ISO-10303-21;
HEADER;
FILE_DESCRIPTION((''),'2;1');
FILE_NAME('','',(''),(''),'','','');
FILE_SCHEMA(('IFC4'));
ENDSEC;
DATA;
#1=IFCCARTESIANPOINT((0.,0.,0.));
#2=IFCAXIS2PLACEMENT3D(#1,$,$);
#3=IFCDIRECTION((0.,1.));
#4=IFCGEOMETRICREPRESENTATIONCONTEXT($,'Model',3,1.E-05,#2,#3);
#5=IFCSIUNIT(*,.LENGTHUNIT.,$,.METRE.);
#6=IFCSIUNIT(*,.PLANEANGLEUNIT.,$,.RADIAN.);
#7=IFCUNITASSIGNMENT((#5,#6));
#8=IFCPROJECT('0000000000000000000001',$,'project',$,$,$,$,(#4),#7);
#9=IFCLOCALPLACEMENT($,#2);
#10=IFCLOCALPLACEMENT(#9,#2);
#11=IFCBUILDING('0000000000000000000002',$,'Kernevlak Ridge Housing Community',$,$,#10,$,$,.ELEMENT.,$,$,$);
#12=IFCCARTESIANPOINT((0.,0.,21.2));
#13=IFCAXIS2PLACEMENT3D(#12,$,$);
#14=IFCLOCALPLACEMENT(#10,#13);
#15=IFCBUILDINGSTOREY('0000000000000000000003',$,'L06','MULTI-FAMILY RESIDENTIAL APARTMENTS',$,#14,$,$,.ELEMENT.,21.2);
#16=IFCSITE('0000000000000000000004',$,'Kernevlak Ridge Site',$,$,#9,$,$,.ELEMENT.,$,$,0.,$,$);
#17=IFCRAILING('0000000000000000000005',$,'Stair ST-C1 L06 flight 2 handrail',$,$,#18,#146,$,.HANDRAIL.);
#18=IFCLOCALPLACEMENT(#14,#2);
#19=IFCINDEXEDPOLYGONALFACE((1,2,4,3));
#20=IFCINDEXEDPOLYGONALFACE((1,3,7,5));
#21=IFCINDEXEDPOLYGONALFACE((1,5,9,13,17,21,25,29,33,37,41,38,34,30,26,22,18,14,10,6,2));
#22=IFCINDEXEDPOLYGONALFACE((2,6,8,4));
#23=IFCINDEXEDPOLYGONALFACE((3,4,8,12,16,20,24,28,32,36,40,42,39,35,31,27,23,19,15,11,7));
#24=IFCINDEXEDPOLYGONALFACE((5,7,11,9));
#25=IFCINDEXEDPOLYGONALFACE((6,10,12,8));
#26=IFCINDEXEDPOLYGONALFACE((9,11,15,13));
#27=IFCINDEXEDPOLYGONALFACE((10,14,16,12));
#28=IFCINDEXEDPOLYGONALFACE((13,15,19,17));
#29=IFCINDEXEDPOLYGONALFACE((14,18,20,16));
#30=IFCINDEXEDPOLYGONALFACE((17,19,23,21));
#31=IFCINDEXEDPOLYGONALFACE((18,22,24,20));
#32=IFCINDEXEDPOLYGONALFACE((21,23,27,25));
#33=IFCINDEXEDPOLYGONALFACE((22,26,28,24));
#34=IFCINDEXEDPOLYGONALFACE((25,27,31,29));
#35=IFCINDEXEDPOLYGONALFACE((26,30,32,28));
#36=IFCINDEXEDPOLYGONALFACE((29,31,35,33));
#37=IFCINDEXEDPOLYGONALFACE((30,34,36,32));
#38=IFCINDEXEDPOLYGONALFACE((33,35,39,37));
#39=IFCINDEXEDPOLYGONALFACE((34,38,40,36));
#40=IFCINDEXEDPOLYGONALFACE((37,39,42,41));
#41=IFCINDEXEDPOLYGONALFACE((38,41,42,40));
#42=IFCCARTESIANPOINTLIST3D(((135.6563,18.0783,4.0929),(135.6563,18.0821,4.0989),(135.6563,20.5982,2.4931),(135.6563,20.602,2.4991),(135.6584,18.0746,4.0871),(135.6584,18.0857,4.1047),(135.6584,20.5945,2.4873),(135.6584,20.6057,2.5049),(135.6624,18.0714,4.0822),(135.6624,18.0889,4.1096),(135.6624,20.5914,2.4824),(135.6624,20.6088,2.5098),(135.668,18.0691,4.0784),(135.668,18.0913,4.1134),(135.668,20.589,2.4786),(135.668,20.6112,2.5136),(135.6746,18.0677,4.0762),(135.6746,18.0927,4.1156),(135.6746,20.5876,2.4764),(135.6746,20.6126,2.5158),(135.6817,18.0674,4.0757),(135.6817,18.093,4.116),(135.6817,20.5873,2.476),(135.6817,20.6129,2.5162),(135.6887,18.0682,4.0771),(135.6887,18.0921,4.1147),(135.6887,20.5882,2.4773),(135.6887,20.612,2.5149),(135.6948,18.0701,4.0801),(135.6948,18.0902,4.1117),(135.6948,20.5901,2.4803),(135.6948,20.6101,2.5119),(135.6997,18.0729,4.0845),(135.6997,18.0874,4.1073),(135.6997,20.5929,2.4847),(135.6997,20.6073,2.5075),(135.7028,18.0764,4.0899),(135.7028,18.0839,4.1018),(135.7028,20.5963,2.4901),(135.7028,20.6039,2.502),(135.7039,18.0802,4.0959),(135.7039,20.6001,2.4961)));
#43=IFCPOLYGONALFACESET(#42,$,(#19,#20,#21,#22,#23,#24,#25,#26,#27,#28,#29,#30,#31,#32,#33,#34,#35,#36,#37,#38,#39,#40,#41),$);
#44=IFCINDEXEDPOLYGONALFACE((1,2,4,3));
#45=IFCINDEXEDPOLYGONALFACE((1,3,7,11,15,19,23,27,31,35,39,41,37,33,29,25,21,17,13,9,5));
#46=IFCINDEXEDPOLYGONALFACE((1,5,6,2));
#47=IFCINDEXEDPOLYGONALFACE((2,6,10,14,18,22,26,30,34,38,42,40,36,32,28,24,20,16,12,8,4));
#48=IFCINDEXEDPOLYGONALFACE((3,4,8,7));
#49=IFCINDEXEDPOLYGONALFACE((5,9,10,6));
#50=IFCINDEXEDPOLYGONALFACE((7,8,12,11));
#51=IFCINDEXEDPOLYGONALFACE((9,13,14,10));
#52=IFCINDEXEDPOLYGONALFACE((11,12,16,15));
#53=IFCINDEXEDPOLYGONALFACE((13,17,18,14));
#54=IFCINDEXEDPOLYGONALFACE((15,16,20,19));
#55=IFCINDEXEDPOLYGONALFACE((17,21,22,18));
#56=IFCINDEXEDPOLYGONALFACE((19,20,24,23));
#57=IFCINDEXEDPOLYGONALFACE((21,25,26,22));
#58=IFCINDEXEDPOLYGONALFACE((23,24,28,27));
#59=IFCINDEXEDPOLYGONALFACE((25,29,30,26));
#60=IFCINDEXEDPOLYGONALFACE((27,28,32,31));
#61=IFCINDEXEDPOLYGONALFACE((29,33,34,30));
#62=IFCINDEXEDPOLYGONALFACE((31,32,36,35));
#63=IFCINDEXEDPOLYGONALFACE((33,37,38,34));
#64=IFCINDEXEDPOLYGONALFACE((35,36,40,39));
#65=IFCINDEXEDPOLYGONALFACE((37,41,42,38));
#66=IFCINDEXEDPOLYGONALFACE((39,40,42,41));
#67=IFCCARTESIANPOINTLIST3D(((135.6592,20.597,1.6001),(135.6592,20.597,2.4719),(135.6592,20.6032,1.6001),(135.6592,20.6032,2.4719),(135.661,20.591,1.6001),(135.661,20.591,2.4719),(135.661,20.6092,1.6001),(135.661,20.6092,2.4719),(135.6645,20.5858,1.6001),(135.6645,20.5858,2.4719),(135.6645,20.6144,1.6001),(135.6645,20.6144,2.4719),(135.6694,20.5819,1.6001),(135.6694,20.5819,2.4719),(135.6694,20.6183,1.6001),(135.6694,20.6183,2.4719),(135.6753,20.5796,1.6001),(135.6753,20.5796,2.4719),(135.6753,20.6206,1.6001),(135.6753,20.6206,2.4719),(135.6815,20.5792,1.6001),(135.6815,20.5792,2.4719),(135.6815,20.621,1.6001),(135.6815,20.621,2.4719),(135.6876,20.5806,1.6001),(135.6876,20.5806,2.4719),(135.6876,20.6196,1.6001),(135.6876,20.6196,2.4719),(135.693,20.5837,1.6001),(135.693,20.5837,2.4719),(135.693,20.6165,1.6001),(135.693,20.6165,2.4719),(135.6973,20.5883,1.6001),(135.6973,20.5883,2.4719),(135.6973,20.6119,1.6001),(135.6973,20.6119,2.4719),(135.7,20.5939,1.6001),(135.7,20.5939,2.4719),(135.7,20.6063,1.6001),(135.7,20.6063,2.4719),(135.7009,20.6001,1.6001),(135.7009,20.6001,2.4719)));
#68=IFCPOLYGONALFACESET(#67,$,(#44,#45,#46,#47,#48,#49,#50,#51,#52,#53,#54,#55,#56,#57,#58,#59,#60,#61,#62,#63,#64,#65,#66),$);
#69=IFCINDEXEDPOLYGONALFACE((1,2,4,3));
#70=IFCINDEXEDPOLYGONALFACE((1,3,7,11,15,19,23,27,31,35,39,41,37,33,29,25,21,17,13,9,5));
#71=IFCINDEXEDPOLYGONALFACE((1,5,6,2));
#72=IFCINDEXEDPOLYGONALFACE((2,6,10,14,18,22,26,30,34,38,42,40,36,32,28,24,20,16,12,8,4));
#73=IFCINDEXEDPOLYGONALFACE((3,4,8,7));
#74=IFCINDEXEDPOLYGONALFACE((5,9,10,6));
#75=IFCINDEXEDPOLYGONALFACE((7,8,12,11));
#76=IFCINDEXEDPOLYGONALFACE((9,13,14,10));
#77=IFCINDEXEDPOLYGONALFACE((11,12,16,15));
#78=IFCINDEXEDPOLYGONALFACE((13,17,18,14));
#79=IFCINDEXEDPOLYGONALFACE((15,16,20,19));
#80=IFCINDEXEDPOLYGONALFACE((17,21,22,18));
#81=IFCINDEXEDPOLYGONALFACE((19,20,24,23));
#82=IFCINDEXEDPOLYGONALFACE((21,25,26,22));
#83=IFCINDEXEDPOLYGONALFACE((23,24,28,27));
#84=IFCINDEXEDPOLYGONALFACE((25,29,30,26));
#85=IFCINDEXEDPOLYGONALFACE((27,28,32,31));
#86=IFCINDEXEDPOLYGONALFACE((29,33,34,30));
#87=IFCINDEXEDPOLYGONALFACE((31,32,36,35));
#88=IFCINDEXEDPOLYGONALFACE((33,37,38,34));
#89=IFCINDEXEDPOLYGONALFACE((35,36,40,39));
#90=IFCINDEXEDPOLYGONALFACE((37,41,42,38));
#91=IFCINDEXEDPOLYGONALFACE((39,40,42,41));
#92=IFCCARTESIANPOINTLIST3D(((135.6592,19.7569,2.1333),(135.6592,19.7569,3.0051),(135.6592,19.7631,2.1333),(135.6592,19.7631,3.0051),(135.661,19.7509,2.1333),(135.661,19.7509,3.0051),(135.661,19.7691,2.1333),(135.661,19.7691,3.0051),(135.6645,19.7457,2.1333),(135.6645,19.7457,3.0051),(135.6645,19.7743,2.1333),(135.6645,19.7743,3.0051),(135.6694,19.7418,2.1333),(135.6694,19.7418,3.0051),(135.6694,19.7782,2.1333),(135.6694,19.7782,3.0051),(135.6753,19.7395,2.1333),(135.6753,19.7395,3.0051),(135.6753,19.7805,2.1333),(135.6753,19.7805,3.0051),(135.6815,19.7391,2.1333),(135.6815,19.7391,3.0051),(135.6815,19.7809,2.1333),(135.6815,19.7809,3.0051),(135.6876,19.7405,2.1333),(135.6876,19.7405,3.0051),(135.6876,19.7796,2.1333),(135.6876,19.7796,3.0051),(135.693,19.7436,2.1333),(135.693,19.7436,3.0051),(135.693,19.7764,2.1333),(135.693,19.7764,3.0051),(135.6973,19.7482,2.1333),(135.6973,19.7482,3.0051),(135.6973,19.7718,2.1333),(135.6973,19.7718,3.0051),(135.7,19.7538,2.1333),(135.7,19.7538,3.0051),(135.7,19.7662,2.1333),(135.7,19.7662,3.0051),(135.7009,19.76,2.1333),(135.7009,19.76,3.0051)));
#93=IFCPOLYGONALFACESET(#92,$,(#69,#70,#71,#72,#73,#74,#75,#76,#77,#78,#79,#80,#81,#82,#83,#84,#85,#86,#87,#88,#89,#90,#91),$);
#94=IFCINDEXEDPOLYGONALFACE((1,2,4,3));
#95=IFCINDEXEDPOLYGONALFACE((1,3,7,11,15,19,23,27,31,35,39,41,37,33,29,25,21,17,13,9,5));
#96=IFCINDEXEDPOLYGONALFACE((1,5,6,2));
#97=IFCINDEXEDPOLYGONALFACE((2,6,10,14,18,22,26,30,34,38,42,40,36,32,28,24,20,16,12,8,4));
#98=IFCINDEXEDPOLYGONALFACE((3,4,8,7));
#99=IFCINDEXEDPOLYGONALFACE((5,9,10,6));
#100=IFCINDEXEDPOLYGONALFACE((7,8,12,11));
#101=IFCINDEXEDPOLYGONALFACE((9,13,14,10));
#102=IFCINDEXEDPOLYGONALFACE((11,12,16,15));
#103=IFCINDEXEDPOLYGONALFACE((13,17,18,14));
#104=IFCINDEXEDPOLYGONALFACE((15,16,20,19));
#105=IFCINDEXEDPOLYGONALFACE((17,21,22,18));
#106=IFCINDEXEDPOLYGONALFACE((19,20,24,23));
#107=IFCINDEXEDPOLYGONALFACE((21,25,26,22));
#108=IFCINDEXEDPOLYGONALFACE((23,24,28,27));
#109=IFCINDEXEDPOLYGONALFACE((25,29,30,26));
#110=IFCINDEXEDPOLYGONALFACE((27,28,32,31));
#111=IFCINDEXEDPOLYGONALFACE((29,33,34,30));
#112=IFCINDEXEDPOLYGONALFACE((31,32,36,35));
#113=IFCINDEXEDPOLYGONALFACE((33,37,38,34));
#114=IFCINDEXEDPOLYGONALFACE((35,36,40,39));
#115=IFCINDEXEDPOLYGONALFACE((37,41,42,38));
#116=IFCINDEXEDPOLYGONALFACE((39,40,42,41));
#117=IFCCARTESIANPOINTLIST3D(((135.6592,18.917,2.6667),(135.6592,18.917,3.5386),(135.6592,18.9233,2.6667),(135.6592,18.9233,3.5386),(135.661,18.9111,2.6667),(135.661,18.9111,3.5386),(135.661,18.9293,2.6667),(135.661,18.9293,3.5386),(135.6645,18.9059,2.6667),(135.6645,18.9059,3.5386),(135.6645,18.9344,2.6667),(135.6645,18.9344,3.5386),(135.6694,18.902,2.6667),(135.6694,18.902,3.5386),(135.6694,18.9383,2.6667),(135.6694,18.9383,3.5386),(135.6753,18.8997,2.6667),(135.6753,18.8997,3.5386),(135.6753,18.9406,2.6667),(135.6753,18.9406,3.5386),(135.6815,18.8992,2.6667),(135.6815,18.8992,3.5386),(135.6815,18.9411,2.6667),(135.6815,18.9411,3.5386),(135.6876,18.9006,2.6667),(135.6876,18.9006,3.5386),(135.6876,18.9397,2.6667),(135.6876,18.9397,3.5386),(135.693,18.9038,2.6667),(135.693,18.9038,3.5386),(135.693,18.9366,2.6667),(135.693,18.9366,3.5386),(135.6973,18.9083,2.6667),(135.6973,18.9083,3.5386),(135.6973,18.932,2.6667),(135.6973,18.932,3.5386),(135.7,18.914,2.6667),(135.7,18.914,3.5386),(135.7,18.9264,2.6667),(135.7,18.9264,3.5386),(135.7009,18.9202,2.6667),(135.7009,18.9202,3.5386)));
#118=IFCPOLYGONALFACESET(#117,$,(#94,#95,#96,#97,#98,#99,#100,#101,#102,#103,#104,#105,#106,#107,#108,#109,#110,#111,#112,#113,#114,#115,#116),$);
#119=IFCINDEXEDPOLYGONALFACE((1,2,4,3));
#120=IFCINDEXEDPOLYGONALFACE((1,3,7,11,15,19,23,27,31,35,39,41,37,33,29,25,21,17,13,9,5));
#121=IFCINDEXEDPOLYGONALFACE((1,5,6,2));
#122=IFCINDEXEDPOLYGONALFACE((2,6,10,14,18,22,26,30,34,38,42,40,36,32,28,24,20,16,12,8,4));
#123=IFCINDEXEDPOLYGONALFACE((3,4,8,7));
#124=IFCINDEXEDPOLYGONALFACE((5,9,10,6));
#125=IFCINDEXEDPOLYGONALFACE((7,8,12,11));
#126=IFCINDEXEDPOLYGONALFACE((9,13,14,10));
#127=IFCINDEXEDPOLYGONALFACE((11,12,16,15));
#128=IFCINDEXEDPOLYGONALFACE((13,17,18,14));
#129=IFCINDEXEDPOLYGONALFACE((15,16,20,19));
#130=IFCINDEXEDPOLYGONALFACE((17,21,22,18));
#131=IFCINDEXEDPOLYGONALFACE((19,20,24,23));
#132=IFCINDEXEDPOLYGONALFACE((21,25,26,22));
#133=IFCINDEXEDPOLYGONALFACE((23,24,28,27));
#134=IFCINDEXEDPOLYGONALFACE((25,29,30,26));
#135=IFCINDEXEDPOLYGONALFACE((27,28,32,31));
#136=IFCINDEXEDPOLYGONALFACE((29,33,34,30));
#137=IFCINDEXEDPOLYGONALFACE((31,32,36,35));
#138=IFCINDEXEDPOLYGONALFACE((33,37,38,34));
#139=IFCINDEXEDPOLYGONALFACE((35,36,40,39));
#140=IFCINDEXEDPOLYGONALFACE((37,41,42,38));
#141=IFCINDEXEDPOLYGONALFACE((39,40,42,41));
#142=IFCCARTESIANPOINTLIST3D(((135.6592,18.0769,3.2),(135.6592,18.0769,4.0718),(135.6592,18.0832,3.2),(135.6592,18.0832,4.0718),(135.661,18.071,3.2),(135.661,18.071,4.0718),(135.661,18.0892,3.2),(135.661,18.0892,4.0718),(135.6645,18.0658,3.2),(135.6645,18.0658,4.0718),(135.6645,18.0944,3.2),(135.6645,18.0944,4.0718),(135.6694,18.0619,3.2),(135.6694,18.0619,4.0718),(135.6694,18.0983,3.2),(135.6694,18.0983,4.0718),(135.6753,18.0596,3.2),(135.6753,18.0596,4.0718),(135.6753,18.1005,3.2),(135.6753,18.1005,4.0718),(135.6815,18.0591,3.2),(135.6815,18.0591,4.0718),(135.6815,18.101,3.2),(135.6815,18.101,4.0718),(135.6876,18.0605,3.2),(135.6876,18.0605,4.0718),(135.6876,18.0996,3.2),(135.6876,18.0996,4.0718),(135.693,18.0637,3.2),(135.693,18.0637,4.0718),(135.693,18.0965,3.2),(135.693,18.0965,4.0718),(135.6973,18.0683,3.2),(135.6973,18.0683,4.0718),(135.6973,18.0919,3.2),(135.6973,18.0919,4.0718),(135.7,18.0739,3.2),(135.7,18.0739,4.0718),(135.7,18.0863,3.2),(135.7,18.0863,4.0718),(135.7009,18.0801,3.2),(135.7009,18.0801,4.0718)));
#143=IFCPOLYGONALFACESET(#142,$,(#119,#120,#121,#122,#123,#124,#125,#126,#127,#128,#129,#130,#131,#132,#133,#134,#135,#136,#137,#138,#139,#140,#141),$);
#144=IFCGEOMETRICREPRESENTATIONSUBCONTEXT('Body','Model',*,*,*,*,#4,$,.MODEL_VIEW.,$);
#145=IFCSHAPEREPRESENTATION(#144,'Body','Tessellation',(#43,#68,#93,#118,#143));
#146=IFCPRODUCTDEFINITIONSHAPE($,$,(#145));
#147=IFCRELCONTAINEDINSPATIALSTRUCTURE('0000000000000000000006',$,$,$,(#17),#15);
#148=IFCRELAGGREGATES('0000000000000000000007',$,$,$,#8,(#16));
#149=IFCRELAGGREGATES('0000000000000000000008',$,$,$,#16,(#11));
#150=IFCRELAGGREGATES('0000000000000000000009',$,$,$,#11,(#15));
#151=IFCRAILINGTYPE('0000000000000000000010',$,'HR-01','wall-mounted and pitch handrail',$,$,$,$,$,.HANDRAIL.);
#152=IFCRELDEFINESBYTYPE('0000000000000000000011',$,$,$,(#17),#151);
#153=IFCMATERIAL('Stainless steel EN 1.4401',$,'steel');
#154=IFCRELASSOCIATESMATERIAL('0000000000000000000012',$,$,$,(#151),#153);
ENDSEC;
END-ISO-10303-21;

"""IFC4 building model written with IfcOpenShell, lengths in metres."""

from ifc_helpers import new_model, si_unit, direction, frame, origin, origin_2d, place, context, subcontext, project, spatial, circle, extrude, material, type_object, element, save


model = new_model("IFC4")

# Units and contexts
model_context = context("Model", 3, precision=1e-05, world=origin(), true_north=direction((0.0, 1.0)))
body_context = subcontext(model_context, "Body", "Model", "MODEL_VIEW")
ifc_project = project(units=[si_unit("LENGTHUNIT", "METRE"), si_unit("PLANEANGLEUNIT", "RADIAN")], contexts=[model_context])

# Site, building, storey
site_placement = place(None, origin())
site = spatial("IfcSite", under=ifc_project, at=site_placement, Name="Kernevlak Ridge Site", CompositionType="ELEMENT", RefElevation=0.0)
building_placement = place(site_placement, origin())
building = spatial("IfcBuilding", under=site, at=building_placement, Name="Kernevlak Ridge Housing Community", CompositionType="ELEMENT")
storey_placement = place(building_placement, frame((0.0, 0.0, 21.2)))
storey = spatial("IfcBuildingStorey", under=building, at=storey_placement, Name="L06", Description="MULTI-FAMILY RESIDENTIAL APARTMENTS", CompositionType="ELEMENT", Elevation=21.2)

# Shared definitions
ifc_material_1 = material(Name="Stainless steel EN 1.4401", Category="steel")

# Railing
railing_type = type_object("IfcRailingType", Name="HR-01", Description="wall-mounted and pitch handrail", PredefinedType="HANDRAIL", material=ifc_material_1)
railing_placement = place(storey_placement, frame((135.6799, 20.6001, 1.6001)))
element("IfcRailing", 1, at=railing_placement, inside=storey, type_object=railing_type, Name="Stair ST-C1 L06 flight 2 handrail", PredefinedType="HANDRAIL", context=body_context, shape_type="SweptSolid", body=[
    extrude(circle(Radius=0.0239, at=origin_2d()), frame((0.0, 0.0, 0.896), z_axis=(0.0, -0.844237, 0.53597), x_axis=(1.0, 0.0, 0.0)), (0.0, 0.0, 1.0), 2.9849),
    extrude(circle(Radius=0.021, at=origin_2d()), origin(), (0.0, 0.0, 1.0), 0.8718),
    extrude(circle(Radius=0.021, at=origin_2d()), frame((0.0, -0.8401, 0.5332)), (0.0, 0.0, 1.0), 0.8718),
    extrude(circle(Radius=0.021, at=origin_2d()), frame((0.0, -1.6799, 1.0667)), (0.0, 0.0, 1.0), 0.8718),
    extrude(circle(Radius=0.021, at=origin_2d()), frame((0.0, -2.52, 1.5999)), (0.0, 0.0, 1.0), 0.8718),
])

save(model, "model.ifc")
